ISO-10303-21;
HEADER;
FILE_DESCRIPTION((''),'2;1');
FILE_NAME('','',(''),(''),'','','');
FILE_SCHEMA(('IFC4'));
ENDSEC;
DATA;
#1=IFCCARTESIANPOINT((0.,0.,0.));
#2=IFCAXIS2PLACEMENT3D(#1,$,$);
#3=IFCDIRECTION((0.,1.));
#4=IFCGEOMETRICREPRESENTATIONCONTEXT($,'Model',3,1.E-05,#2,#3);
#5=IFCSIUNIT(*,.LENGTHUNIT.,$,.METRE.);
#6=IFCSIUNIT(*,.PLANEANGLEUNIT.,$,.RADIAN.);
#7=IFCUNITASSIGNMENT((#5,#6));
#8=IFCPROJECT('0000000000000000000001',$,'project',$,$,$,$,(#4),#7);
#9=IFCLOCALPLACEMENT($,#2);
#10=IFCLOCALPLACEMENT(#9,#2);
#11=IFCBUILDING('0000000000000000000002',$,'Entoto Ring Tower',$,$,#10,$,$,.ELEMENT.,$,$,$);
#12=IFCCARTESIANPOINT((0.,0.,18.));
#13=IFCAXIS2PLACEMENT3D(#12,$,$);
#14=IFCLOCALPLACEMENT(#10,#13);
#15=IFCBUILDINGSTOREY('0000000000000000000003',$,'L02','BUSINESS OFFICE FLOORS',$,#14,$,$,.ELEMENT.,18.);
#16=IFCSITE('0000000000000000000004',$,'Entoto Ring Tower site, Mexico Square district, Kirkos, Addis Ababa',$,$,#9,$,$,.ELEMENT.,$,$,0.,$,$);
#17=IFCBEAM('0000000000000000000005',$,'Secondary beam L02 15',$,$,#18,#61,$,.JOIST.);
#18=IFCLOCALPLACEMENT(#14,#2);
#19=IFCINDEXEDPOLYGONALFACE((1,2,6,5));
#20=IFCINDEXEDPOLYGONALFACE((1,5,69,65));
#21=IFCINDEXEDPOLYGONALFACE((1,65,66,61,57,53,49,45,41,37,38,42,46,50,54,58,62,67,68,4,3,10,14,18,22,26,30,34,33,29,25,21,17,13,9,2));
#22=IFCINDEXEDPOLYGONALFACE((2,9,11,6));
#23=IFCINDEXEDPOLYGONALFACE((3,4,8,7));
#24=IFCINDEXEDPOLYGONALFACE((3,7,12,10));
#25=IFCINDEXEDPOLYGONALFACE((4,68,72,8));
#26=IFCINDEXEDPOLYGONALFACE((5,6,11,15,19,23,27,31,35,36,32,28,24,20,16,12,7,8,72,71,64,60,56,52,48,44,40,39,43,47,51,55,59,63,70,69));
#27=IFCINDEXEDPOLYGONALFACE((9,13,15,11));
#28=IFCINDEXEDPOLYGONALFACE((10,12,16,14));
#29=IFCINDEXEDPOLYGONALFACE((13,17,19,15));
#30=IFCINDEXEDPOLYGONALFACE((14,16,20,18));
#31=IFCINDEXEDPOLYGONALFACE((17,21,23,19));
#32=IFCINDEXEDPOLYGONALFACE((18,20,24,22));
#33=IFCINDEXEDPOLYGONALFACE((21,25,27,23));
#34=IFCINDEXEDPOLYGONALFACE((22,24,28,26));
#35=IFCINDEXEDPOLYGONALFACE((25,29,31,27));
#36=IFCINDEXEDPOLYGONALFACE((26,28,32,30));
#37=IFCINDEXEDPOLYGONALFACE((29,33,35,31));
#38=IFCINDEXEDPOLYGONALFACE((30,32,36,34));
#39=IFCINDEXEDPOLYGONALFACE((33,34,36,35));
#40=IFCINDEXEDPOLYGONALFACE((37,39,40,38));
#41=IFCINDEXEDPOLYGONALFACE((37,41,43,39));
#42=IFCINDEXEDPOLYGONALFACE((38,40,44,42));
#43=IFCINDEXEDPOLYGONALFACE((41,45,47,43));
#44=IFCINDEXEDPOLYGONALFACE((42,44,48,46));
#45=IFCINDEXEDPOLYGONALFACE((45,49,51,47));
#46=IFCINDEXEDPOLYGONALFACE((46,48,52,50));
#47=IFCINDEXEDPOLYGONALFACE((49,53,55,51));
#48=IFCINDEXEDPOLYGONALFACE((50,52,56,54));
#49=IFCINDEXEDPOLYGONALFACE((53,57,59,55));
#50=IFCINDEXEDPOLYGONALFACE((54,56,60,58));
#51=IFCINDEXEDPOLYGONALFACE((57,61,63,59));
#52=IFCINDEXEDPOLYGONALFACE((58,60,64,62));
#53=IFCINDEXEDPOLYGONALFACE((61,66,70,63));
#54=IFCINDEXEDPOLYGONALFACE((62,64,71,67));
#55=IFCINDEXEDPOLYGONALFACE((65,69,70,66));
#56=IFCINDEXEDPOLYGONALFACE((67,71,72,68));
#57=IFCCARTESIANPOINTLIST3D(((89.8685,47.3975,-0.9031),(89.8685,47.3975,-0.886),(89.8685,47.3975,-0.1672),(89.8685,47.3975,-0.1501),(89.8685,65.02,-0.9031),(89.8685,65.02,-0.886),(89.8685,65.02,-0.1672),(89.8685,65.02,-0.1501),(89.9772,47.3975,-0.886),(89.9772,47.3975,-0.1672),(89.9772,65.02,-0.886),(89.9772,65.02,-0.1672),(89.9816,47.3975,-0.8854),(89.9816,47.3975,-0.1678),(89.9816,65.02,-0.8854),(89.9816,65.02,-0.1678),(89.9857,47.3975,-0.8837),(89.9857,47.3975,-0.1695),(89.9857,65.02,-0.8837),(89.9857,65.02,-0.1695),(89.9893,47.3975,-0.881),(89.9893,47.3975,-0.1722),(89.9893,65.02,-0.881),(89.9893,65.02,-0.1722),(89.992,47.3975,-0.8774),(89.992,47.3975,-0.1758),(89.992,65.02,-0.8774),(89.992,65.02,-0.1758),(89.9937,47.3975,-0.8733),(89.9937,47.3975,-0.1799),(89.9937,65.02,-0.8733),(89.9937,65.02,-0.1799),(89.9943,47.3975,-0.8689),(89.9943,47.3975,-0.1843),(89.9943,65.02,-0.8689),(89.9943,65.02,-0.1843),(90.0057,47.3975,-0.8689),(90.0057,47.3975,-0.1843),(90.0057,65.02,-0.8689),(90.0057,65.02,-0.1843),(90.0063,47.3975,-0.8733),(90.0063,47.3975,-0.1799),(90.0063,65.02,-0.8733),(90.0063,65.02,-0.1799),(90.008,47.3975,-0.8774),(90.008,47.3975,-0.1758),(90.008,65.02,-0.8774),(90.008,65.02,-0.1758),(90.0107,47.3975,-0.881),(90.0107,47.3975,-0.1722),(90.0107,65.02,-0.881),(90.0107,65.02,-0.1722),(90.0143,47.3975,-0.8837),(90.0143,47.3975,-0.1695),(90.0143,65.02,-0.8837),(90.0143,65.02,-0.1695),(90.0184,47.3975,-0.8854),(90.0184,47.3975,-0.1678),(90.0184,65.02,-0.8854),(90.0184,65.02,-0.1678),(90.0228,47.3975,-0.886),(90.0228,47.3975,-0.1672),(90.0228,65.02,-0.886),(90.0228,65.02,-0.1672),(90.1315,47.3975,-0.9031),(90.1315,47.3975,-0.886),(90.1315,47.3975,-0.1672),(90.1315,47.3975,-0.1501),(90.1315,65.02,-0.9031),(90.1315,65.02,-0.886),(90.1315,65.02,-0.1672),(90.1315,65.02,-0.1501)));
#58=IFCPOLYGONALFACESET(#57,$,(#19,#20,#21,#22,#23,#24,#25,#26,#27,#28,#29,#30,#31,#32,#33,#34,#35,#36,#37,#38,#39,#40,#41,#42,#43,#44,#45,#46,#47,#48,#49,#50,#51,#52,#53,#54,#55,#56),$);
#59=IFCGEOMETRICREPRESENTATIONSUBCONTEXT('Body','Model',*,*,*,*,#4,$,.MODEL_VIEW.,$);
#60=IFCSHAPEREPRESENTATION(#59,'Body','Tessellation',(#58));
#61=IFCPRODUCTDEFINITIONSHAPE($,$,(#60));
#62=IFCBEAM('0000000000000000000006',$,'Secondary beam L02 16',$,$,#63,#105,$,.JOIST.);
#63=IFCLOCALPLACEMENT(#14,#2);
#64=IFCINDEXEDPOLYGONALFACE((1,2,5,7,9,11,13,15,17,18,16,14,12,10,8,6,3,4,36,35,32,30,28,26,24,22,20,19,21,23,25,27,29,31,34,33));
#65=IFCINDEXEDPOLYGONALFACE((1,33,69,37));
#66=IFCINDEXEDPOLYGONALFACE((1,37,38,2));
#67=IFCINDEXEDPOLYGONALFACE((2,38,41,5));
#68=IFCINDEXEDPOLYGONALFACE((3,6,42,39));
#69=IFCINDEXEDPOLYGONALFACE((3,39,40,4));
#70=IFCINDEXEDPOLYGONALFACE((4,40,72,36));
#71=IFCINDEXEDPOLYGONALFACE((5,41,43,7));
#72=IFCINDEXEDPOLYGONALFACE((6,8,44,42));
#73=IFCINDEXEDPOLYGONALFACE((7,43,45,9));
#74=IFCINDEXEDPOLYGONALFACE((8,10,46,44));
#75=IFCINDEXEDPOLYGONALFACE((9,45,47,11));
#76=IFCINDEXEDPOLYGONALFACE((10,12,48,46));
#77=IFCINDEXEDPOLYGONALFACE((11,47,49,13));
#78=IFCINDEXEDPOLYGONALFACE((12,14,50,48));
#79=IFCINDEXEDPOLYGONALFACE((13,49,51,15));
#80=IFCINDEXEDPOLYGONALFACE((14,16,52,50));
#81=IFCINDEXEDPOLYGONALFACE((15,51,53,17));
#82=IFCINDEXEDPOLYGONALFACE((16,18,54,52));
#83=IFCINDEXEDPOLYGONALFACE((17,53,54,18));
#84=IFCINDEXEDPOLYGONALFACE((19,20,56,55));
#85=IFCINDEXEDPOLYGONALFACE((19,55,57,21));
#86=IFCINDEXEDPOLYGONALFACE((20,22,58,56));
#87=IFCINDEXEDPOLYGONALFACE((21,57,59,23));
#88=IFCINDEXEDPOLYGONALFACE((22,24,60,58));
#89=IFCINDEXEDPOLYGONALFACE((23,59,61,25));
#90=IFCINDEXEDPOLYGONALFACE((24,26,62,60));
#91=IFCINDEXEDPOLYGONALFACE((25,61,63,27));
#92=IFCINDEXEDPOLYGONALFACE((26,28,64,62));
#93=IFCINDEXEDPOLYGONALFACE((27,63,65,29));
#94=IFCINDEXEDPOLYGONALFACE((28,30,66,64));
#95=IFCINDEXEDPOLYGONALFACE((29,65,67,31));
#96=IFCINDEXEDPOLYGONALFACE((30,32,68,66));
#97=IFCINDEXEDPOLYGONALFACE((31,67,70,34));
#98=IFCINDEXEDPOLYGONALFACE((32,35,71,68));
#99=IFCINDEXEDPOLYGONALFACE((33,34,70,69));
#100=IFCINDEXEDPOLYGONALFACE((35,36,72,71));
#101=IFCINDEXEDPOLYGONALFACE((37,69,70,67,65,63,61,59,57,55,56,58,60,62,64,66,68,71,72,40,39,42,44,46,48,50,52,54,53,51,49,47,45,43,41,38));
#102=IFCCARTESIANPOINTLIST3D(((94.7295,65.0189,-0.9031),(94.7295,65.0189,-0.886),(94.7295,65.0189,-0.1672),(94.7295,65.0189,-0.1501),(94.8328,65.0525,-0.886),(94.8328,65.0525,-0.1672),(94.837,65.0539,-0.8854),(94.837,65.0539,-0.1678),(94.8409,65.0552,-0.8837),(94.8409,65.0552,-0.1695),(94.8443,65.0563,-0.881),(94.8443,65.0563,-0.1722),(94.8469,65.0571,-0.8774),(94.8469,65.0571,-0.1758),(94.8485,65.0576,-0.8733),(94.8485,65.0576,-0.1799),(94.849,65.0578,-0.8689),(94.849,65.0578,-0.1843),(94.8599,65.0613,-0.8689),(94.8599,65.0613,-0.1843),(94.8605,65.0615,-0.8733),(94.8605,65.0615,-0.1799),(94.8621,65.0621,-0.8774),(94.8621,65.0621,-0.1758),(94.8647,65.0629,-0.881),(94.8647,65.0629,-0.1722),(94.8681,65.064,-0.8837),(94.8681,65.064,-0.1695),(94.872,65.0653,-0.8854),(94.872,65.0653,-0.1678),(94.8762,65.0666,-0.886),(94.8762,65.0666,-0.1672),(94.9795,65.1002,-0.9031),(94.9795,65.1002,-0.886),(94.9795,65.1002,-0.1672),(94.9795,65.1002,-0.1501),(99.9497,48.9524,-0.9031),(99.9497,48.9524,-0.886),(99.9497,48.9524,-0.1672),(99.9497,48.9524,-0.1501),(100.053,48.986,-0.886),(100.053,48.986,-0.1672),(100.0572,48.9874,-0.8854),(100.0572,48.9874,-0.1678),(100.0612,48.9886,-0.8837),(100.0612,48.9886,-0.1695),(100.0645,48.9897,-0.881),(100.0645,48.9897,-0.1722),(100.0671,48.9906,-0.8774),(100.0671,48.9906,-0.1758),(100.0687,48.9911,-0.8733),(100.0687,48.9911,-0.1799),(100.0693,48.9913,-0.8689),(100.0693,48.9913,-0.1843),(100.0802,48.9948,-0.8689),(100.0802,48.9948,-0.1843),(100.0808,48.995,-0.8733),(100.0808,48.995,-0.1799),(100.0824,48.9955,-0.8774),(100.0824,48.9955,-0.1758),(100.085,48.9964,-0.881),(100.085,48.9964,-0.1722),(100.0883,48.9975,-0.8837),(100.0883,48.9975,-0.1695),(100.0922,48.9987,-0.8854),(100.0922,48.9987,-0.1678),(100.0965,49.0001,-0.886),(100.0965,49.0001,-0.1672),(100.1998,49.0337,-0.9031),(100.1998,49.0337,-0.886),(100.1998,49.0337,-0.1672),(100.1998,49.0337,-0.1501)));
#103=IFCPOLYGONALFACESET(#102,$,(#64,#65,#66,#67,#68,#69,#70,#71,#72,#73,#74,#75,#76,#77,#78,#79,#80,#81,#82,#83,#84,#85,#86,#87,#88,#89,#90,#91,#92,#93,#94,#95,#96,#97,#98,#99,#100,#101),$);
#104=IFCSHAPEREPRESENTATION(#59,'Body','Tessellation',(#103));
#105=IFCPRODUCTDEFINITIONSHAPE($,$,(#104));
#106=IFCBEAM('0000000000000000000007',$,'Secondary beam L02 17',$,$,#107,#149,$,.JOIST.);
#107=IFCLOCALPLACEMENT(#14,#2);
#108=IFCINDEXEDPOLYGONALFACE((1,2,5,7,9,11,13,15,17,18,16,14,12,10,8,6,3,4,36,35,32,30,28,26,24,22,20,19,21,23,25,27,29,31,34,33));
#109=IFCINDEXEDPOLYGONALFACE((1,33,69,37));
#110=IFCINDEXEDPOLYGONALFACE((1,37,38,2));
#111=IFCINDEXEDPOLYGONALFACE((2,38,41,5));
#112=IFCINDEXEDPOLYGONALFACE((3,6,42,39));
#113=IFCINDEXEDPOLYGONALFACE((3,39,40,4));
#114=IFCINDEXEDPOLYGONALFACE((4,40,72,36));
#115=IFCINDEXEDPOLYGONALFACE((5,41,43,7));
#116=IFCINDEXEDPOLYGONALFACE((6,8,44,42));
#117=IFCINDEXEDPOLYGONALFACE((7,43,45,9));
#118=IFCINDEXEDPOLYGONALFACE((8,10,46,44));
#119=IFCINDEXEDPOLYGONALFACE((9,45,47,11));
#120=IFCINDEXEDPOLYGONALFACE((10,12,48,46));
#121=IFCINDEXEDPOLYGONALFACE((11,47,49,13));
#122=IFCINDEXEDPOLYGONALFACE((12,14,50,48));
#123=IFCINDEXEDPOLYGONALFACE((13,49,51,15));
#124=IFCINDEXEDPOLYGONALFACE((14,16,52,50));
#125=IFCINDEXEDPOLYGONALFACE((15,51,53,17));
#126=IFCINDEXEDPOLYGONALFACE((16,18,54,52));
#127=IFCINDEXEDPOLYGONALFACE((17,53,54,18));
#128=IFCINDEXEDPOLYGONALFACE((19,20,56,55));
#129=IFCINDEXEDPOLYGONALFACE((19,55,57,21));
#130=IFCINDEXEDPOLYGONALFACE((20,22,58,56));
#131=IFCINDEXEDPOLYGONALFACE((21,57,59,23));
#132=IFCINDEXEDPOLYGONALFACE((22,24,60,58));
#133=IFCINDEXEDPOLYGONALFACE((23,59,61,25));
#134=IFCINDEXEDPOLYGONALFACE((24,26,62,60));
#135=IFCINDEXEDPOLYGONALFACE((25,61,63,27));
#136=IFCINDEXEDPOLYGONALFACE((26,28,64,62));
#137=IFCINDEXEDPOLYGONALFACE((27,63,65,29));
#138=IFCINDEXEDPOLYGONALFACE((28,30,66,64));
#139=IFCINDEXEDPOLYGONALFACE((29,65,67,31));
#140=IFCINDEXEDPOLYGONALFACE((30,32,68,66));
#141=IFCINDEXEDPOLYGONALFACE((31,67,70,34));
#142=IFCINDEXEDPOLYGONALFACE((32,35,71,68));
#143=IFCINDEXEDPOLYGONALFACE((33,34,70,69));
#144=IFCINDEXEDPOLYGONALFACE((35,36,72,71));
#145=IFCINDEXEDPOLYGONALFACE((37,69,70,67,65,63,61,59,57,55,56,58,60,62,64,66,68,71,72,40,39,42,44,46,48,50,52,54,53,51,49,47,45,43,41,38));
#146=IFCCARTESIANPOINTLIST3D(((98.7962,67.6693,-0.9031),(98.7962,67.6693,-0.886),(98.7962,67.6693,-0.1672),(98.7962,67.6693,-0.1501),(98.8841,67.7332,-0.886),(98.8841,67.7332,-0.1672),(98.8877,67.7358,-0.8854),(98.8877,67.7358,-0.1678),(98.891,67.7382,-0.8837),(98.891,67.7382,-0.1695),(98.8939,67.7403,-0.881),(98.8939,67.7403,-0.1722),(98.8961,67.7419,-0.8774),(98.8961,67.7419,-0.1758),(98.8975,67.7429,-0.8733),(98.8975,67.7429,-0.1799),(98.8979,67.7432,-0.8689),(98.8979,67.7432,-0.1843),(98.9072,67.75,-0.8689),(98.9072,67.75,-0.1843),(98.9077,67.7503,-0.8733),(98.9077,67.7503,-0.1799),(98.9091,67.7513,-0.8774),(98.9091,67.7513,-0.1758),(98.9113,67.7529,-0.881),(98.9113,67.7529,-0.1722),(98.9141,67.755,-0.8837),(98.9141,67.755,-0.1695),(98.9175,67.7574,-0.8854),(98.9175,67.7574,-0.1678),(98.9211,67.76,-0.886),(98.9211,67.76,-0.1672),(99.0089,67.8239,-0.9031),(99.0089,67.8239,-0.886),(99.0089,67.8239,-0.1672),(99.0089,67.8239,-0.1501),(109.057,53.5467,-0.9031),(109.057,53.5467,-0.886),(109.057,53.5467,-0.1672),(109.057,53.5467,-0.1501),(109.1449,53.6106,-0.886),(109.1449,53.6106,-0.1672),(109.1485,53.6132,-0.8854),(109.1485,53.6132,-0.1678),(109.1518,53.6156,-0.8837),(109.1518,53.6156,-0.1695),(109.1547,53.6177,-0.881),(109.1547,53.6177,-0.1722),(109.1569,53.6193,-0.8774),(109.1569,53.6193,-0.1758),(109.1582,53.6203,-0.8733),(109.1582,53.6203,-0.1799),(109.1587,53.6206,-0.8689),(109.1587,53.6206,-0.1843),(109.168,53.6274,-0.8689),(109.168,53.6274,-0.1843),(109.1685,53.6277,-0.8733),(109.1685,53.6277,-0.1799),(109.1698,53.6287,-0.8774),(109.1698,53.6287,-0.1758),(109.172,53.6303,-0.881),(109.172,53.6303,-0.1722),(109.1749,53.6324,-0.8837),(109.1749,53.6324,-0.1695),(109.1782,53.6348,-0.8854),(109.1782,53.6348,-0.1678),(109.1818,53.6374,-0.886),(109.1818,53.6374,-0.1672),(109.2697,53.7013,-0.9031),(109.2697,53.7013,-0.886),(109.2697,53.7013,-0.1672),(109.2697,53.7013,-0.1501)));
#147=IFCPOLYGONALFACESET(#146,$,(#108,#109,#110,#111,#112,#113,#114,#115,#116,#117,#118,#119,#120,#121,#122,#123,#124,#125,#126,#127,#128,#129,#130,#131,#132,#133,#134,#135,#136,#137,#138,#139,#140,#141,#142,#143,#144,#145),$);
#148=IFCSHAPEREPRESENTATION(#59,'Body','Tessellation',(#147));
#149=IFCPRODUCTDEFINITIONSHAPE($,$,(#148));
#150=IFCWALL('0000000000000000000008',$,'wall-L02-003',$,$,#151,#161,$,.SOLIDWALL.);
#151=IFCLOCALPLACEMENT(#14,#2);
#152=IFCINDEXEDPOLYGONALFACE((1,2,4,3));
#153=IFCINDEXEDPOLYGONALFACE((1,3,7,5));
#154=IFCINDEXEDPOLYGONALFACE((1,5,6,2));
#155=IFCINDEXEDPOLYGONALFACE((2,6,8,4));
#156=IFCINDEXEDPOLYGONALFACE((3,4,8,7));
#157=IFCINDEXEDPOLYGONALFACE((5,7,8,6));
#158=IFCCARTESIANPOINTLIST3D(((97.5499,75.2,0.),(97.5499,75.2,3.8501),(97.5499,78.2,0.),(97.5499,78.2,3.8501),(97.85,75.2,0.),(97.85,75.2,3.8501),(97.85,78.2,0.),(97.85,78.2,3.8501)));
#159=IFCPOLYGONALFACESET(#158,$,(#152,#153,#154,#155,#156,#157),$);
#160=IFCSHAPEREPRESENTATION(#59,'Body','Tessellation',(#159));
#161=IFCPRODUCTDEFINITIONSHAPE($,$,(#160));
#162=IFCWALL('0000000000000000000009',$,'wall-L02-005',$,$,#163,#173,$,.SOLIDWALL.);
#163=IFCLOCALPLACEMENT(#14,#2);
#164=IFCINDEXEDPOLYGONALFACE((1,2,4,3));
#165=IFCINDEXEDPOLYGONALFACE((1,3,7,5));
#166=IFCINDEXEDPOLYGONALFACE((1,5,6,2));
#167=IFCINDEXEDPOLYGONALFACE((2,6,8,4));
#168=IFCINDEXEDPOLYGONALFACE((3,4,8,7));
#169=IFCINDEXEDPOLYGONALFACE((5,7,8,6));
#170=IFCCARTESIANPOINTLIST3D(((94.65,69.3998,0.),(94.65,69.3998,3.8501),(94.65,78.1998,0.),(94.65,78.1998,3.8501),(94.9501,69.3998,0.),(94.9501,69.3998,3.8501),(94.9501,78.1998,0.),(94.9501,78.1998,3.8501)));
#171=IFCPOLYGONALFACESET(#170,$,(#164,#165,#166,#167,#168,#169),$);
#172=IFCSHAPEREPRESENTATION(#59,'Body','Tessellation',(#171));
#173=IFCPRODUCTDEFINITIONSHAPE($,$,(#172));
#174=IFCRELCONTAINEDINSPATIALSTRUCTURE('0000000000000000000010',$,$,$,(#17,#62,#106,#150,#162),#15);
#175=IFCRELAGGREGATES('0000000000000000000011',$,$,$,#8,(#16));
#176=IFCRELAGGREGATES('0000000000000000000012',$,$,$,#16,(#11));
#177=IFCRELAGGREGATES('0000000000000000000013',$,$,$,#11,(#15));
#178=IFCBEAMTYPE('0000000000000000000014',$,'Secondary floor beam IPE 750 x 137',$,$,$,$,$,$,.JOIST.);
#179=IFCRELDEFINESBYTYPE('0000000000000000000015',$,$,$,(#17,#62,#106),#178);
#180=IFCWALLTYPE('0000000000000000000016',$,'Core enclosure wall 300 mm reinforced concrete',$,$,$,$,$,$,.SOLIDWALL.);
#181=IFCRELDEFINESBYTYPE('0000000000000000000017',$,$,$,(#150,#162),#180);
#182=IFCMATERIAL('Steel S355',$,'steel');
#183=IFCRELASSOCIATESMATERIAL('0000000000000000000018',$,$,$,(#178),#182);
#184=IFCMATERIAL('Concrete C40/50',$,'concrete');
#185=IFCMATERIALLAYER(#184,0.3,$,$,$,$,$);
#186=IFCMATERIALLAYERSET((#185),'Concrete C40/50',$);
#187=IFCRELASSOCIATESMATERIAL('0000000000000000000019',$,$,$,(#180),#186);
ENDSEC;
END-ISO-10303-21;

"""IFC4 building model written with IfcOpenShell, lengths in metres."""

from ifc_helpers import new_model, si_unit, direction, frame, frame_2d, origin, origin_2d, place, context, subcontext, project, spatial, rectangle, i_section, extrude, material, layer, layer_set, material_profile, profile_set, type_object, element, save


model = new_model("IFC4")

# Units and contexts
model_context = context("Model", 3, precision=1e-05, world=origin(), true_north=direction((0.0, 1.0)))
body_context = subcontext(model_context, "Body", "Model", "MODEL_VIEW")
ifc_project = project(units=[si_unit("LENGTHUNIT", "METRE"), si_unit("PLANEANGLEUNIT", "RADIAN")], contexts=[model_context])

# Site, building, storey
site_placement = place(None, origin())
site = spatial("IfcSite", under=ifc_project, at=site_placement, Name="Entoto Ring Tower site, Mexico Square district, Kirkos, Addis Ababa", CompositionType="ELEMENT", RefElevation=0.0)
building_placement = place(site_placement, origin())
building = spatial("IfcBuilding", under=site, at=building_placement, Name="Entoto Ring Tower", CompositionType="ELEMENT")
storey_placement = place(building_placement, frame((0.0, 0.0, 18.0)))
storey = spatial("IfcBuildingStorey", under=building, at=storey_placement, Name="L02", Description="BUSINESS OFFICE FLOORS", CompositionType="ELEMENT", Elevation=18.0)

# Beams
ifc_material_1 = material(Name="Steel S355", Category="steel")
ifc_material_profile_1 = material_profile(ifc_material_1, i_section(OverallWidth=0.2629, OverallDepth=0.7529, WebThickness=0.0115, FlangeThickness=0.0171, FilletRadius=0.0171, at=origin_2d()), Name="IPE 750 x 137")
ifc_profile_set_1 = profile_set([ifc_material_profile_1], Name="Steel S355")
beam_type_1 = type_object("IfcBeamType", Name="Secondary floor beam IPE 750 x 137", PredefinedType="JOIST", material=ifc_profile_set_1)
beam_1_placement = place(storey_placement, frame((90.0, 65.02, -0.5266), z_axis=(0.0, -1.0, 0.0), x_axis=(1.0, 0.0, 0.0)))
element("IfcBeam", 1, at=beam_1_placement, inside=storey, type_object=beam_type_1, Name="Secondary beam L02 15", PredefinedType="JOIST", context=body_context, shape_type="SweptSolid", body=[
    extrude(i_section(OverallWidth=0.2629, OverallDepth=0.7529, WebThickness=0.0115, FlangeThickness=0.0171, FilletRadius=0.0171, at=origin_2d()), origin(), (0.0, 0.0, 1.0), 17.6226),
])
beam_2_placement = place(storey_placement, frame((94.8545, 65.0596, -0.5266), z_axis=(0.309013, -0.951058, 0.0), x_axis=(0.951058, 0.309013, 0.0)))
element("IfcBeam", 2, at=beam_2_placement, inside=storey, type_object=beam_type_1, Name="Secondary beam L02 16", PredefinedType="JOIST", context=body_context, shape_type="SweptSolid", body=[
    extrude(i_section(OverallWidth=0.2629, OverallDepth=0.7529, WebThickness=0.0115, FlangeThickness=0.0171, FilletRadius=0.0171, at=origin_2d()), origin(), (0.0, 0.0, 1.0), 16.8933),
])
beam_3_placement = place(storey_placement, frame((98.9026, 67.7466, -0.5266), z_axis=(0.587789, -0.809014, 0.0), x_axis=(0.809014, 0.587789, 0.0)))
element("IfcBeam", 3, at=beam_3_placement, inside=storey, type_object=beam_type_1, Name="Secondary beam L02 17", PredefinedType="JOIST", context=body_context, shape_type="SweptSolid", body=[
    extrude(i_section(OverallWidth=0.2629, OverallDepth=0.7529, WebThickness=0.0115, FlangeThickness=0.0171, FilletRadius=0.0171, at=origin_2d()), origin(), (0.0, 0.0, 1.0), 17.4565),
])

# Walls
ifc_material_2 = material(Name="Concrete C40/50", Category="concrete")
ifc_layer_1 = layer(ifc_material_2, 0.3)
ifc_layer_set_1 = layer_set([ifc_layer_1], Name="Concrete C40/50")
wall_type_1 = type_object("IfcWallType", Name="Core enclosure wall 300 mm reinforced concrete", PredefinedType="SOLIDWALL", material=ifc_layer_set_1)
wall_1_placement = place(storey_placement, frame((97.7, 75.2, 0.0), z_axis=(0.0, 0.0, 1.0), x_axis=(0.0, 1.0, 0.0)))
element("IfcWall", 4, at=wall_1_placement, inside=storey, type_object=wall_type_1, Name="wall-L02-003", PredefinedType="SOLIDWALL", context=body_context, shape_type="SweptSolid", body=[
    extrude(rectangle(XDim=3.0, YDim=0.3, at=frame_2d((1.5, 0.0))), origin(), (0.0, 0.0, 1.0), 3.8501),
])
wall_2_placement = place(storey_placement, frame((94.8, 69.3999, 0.0), z_axis=(0.0, 0.0, 1.0), x_axis=(0.0, 1.0, 0.0)))
element("IfcWall", 5, at=wall_2_placement, inside=storey, type_object=wall_type_1, Name="wall-L02-005", PredefinedType="SOLIDWALL", context=body_context, shape_type="SweptSolid", body=[
    extrude(rectangle(XDim=8.8, YDim=0.3, at=frame_2d((4.3999, 0.0))), origin(), (0.0, 0.0, 1.0), 3.8501),
])

save(model, "model.ifc")
